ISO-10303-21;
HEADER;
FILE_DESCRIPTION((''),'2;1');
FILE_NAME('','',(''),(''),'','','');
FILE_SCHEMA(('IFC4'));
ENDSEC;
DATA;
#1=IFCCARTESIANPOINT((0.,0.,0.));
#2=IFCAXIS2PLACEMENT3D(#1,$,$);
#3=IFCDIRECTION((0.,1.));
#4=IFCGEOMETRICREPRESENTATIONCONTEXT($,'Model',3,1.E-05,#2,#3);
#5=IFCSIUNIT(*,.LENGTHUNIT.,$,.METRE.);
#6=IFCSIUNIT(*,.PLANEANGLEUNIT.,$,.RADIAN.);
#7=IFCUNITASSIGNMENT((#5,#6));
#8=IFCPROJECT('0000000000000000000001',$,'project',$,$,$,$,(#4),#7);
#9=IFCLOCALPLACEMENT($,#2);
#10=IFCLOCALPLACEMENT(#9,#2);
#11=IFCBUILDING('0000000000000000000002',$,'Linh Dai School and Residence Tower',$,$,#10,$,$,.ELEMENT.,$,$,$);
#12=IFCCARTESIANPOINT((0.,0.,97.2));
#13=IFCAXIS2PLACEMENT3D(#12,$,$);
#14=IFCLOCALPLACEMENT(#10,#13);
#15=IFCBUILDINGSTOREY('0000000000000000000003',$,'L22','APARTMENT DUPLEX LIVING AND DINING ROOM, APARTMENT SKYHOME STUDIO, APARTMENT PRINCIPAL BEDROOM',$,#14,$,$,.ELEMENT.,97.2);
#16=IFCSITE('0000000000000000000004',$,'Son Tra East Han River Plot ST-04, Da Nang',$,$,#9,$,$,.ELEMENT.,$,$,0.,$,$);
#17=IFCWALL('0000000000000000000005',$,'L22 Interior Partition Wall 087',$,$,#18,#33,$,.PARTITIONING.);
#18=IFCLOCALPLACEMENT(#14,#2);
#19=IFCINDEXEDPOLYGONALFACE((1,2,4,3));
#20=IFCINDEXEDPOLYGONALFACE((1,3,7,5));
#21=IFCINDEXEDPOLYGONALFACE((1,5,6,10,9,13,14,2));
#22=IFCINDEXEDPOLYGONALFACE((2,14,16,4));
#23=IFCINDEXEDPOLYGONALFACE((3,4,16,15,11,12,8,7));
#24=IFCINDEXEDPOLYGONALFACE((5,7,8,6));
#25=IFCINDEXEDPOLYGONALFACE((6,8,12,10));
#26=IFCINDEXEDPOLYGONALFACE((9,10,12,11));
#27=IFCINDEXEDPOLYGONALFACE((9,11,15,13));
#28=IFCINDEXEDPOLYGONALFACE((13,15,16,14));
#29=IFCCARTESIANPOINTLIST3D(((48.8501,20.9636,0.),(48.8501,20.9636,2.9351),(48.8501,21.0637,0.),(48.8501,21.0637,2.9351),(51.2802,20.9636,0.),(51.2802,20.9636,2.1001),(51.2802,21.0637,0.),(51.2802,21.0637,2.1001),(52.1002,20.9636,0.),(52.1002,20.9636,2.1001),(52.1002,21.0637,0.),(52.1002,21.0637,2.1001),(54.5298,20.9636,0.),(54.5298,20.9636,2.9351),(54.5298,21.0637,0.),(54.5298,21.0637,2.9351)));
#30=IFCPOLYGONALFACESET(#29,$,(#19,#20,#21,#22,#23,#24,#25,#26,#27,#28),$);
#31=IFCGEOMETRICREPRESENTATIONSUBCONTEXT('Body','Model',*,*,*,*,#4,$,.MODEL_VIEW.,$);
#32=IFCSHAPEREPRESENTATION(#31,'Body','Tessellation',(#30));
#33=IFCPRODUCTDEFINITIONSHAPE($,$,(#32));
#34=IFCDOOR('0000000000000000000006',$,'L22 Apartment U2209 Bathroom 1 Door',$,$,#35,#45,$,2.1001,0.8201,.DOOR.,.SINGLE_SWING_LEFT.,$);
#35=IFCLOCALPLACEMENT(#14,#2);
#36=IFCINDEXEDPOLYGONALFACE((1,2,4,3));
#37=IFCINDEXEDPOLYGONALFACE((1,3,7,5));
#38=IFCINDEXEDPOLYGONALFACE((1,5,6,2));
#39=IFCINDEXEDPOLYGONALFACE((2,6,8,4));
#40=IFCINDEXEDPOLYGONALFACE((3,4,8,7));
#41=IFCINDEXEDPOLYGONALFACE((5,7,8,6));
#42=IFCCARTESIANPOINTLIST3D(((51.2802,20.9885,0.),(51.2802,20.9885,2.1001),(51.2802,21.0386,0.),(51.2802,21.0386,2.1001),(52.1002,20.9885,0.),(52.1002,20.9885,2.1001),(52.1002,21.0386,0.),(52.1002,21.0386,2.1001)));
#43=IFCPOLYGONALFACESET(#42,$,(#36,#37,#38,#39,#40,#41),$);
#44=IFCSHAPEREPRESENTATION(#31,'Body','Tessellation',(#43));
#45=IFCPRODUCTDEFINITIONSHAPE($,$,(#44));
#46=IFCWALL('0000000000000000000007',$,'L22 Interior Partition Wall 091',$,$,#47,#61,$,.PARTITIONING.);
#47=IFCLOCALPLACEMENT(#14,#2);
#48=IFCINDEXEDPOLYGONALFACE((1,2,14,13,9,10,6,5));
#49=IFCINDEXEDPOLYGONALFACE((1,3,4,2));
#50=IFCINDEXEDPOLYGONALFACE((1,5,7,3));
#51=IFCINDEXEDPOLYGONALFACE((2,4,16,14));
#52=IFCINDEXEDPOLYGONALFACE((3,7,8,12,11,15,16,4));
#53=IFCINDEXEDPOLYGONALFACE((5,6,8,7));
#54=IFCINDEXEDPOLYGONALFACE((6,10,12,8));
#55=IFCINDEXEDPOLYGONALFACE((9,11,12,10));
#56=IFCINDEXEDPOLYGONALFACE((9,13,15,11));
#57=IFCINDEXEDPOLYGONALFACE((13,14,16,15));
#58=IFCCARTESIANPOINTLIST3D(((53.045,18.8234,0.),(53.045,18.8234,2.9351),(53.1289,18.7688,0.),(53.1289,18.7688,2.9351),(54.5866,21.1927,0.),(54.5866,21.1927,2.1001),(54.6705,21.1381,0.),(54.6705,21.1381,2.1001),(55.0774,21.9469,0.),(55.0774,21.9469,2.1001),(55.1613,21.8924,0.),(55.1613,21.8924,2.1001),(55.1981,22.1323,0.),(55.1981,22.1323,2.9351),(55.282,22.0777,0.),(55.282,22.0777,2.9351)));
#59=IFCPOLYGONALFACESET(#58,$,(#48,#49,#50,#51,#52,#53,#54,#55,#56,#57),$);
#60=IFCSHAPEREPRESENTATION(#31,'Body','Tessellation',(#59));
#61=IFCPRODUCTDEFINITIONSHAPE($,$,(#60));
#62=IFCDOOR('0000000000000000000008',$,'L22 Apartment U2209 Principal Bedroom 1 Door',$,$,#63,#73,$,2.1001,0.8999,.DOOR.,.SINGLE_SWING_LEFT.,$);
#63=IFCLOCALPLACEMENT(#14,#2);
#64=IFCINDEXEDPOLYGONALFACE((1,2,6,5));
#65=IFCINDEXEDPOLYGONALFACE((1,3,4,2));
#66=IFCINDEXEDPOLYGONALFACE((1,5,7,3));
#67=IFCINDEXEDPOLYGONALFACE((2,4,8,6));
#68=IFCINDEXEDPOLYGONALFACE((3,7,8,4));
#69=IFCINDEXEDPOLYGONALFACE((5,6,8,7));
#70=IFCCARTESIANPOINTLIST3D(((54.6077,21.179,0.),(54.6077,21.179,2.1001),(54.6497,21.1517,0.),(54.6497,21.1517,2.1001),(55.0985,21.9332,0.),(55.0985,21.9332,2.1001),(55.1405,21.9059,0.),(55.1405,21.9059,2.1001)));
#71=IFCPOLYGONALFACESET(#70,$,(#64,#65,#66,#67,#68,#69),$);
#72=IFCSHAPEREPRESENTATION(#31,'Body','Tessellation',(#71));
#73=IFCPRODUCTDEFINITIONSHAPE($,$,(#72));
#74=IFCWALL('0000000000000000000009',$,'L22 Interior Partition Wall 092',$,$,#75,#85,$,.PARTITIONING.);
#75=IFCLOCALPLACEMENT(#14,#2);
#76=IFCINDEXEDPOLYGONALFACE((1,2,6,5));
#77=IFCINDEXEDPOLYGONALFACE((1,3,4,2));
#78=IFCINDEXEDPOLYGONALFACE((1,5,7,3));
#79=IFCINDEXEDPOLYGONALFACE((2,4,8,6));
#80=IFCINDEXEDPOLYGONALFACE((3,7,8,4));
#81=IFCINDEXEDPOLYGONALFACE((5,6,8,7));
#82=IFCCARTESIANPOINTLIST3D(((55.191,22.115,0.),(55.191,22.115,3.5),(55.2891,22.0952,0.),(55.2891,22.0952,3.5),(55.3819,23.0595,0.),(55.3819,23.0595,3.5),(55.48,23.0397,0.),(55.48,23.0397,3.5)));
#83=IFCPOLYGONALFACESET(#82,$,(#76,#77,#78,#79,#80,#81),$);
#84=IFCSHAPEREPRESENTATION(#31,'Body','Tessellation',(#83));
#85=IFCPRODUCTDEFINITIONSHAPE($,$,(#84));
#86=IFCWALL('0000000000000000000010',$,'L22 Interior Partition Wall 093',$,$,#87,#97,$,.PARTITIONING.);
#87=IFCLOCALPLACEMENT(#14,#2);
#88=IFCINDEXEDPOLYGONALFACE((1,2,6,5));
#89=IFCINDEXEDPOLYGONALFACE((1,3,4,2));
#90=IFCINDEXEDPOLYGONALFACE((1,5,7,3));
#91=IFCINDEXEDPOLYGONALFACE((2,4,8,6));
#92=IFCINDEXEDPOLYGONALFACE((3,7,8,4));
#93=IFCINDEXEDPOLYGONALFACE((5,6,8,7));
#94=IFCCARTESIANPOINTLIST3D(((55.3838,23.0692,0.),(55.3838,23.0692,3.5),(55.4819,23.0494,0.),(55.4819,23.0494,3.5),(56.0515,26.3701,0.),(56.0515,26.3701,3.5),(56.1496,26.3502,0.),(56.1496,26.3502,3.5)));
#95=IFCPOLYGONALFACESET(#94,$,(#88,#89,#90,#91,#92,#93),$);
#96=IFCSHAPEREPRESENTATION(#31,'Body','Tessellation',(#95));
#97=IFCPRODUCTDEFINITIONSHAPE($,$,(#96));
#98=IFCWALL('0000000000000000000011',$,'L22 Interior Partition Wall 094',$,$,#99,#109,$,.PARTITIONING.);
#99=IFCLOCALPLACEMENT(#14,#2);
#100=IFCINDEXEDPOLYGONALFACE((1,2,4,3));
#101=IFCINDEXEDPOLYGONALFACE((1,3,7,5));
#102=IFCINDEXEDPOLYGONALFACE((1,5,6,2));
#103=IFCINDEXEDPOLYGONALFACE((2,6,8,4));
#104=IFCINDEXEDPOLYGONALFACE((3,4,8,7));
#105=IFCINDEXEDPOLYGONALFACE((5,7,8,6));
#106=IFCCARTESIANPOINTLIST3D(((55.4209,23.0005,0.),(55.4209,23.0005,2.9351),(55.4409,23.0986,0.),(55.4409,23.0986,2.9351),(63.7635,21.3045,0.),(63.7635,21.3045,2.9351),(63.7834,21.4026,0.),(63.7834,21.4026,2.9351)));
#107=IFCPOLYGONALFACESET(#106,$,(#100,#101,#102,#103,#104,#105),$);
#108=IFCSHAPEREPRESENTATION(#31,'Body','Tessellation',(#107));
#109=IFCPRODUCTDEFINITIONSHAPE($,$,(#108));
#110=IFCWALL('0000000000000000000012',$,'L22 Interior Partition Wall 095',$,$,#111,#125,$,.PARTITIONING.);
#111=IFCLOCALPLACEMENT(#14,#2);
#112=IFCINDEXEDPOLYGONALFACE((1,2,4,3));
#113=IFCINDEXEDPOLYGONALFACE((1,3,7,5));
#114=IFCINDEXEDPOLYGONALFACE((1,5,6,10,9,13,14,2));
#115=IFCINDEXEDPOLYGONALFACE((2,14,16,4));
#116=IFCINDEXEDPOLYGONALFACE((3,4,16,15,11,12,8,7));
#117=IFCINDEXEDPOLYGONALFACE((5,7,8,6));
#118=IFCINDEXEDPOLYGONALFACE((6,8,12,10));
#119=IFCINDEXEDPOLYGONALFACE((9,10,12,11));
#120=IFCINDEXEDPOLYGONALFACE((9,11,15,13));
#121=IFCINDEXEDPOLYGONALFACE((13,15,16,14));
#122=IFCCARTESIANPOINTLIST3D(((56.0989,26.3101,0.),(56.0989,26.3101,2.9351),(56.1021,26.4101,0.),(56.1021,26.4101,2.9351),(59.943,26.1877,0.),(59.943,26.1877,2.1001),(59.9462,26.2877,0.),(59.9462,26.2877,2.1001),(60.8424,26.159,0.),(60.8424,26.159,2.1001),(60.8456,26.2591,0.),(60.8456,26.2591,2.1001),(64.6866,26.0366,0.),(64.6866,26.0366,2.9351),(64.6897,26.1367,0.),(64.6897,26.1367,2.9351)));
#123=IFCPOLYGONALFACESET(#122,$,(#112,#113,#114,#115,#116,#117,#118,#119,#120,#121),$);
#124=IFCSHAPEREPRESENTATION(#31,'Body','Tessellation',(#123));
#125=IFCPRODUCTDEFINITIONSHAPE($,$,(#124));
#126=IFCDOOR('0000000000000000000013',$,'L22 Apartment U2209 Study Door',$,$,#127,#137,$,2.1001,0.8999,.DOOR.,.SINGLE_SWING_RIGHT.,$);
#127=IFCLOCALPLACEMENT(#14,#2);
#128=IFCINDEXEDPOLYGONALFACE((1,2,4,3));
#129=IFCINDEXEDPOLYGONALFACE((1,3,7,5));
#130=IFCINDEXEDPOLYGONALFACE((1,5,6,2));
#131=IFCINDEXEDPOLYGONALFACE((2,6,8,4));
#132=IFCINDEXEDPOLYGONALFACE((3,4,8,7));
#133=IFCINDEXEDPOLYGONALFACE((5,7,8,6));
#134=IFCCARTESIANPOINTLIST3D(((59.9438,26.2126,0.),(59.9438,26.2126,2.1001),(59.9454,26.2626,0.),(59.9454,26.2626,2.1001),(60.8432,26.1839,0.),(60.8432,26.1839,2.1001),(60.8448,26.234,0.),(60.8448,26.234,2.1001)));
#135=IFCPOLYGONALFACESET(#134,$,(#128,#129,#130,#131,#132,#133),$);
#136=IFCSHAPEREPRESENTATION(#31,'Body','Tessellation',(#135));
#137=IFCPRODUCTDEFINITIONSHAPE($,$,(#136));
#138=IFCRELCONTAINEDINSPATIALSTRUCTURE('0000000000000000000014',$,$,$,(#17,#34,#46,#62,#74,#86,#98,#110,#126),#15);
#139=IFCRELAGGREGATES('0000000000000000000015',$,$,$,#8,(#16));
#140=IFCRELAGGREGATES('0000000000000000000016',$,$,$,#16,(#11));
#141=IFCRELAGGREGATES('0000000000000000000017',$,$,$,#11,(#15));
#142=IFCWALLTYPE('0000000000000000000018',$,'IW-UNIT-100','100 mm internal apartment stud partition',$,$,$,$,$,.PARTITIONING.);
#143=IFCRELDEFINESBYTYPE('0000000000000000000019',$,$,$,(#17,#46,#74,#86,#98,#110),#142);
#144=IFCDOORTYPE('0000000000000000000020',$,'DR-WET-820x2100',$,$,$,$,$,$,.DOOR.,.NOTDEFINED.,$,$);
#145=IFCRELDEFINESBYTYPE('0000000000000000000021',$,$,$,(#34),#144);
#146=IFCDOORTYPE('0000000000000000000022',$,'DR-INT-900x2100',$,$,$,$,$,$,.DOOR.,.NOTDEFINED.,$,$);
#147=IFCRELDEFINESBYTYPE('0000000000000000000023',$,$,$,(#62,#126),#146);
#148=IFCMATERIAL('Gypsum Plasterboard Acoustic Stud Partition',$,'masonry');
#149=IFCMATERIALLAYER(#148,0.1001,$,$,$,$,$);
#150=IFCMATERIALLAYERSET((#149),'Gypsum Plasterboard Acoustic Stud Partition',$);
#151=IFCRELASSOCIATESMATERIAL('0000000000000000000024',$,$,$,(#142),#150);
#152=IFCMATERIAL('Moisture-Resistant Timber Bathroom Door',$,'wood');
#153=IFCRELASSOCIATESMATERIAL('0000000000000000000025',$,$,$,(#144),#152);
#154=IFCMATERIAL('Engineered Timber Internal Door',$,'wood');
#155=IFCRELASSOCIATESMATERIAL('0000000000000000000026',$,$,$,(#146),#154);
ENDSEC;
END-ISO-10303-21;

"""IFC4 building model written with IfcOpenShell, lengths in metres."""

from ifc_helpers import new_model, si_unit, direction, frame, frame_2d, origin, origin_2d, place, context, subcontext, project, spatial, rectangle, extrude, source, transform, mapped, material, layer, layer_set, type_object, element, fill, save


model = new_model("IFC4")

# Units and contexts
model_context = context("Model", 3, precision=1e-05, world=origin(), true_north=direction((0.0, 1.0)))
body_context = subcontext(model_context, "Body", "Model", "MODEL_VIEW")
ifc_project = project(units=[si_unit("LENGTHUNIT", "METRE"), si_unit("PLANEANGLEUNIT", "RADIAN")], contexts=[model_context])

# Site, building, storey
site_placement = place(None, origin())
site = spatial("IfcSite", under=ifc_project, at=site_placement, Name="Son Tra East Han River Plot ST-04, Da Nang", CompositionType="ELEMENT", RefElevation=0.0)
building_placement = place(site_placement, origin())
building = spatial("IfcBuilding", under=site, at=building_placement, Name="Linh Dai School and Residence Tower", CompositionType="ELEMENT")
storey_placement = place(building_placement, frame((0.0, 0.0, 97.2)))
storey = spatial("IfcBuildingStorey", under=building, at=storey_placement, Name="L22", Description="APARTMENT DUPLEX LIVING AND DINING ROOM, APARTMENT SKYHOME STUDIO, APARTMENT PRINCIPAL BEDROOM", CompositionType="ELEMENT", Elevation=97.2)

# Walls, openings, doors
ifc_material_1 = material(Name="Gypsum Plasterboard Acoustic Stud Partition", Category="masonry")
ifc_layer_1 = layer(ifc_material_1, 0.1001)
ifc_layer_set_1 = layer_set([ifc_layer_1], Name="Gypsum Plasterboard Acoustic Stud Partition")
wall_type_1 = type_object("IfcWallType", Name="IW-UNIT-100", Description="100 mm internal apartment stud partition", PredefinedType="PARTITIONING", material=ifc_layer_set_1)
wall_1_placement = place(storey_placement, frame((48.8501, 21.0137, 0.0), z_axis=(0.0, 0.0, 1.0), x_axis=(1.0, 0.0, 0.0)))
wall_1 = element("IfcWall", 1, at=wall_1_placement, inside=storey, type_object=wall_type_1, Name="L22 Interior Partition Wall 087", PredefinedType="PARTITIONING", context=body_context, shape_type="SweptSolid", body=[
    extrude(rectangle(XDim=5.6797, YDim=0.1001, at=frame_2d((2.8398, 0.0))), origin(), (0.0, 0.0, 1.0), 2.9351),
])
opening_1_placement = place(wall_1_placement, frame((2.4299, 0.0, 0.0)))
opening_1 = element("IfcOpeningElement", 2, at=opening_1_placement, cuts=wall_1, PredefinedType="OPENING", context=body_context, shape_type="SweptSolid", body=[
    extrude(rectangle(XDim=0.8201, YDim=2.1001, at=origin_2d()), frame((0.4102, 0.0601, 1.05), z_axis=(0.0, -1.0, 0.0), x_axis=(1.0, 0.0, 0.0)), (0.0, 0.0, 1.0), 0.1201),
])
ifc_material_2 = material(Name="Moisture-Resistant Timber Bathroom Door", Category="wood")
door_type_1 = type_object("IfcDoorType", Name="DR-WET-820x2100", OperationType="NOTDEFINED", PredefinedType="DOOR", material=ifc_material_2)
shared_shape_1 = source(origin(), body_context, "Body", "SweptSolid", [
    extrude(rectangle(XDim=0.8201, YDim=2.1001, at=origin_2d()), frame((0.4102, 0.0249, 1.05), z_axis=(0.0, -1.0, 0.0), x_axis=(1.0, 0.0, 0.0)), (0.0, 0.0, 1.0), 0.05),
])
door_1_placement = place(opening_1_placement, origin())
door_1 = element("IfcDoor", 3, at=door_1_placement, inside=storey, type_object=door_type_1, Name="L22 Apartment U2209 Bathroom 1 Door", OperationType="SINGLE_SWING_LEFT", OverallHeight=2.1001, OverallWidth=0.8201, PredefinedType="DOOR", context=body_context, shape_type="MappedRepresentation", body=[
    mapped(shared_shape_1, transform((0.0, 0.0, 0.0), x_axis=(1.0, 0.0, 0.0), y_axis=(0.0, 1.0, 0.0), z_axis=(0.0, 0.0, 1.0), scale=1.0)),
])
fill(opening_1, door_1)
wall_2_placement = place(storey_placement, frame((53.0869, 18.7961, 0.0), z_axis=(0.0, 0.0, 1.0), x_axis=(0.545403, 0.838174, 0.0)))
wall_2 = element("IfcWall", 4, at=wall_2_placement, inside=storey, type_object=wall_type_1, Name="L22 Interior Partition Wall 091", PredefinedType="PARTITIONING", context=body_context, shape_type="SweptSolid", body=[
    extrude(rectangle(XDim=3.9478, YDim=0.1001, at=frame_2d((1.9739, 0.0))), origin(), (0.0, 0.0, 1.0), 2.9351),
])
opening_2_placement = place(wall_2_placement, frame((2.8267, 0.0, 0.0)))
opening_2 = element("IfcOpeningElement", 5, at=opening_2_placement, cuts=wall_2, PredefinedType="OPENING", context=body_context, shape_type="SweptSolid", body=[
    extrude(rectangle(XDim=0.8999, YDim=2.1001, at=origin_2d()), frame((0.45, 0.0601, 1.05), z_axis=(0.0, -1.0, 0.0), x_axis=(1.0, 0.0, 0.0)), (0.0, 0.0, 1.0), 0.1201),
])
ifc_material_3 = material(Name="Engineered Timber Internal Door", Category="wood")
door_type_2 = type_object("IfcDoorType", Name="DR-INT-900x2100", OperationType="NOTDEFINED", PredefinedType="DOOR", material=ifc_material_3)
shared_shape_2 = source(origin(), body_context, "Body", "SweptSolid", [
    extrude(rectangle(XDim=0.8999, YDim=2.1001, at=origin_2d()), frame((0.45, 0.0249, 1.05), z_axis=(0.0, -1.0, 0.0), x_axis=(1.0, 0.0, 0.0)), (0.0, 0.0, 1.0), 0.05),
])
door_2_placement = place(opening_2_placement, origin())
door_2 = element("IfcDoor", 6, at=door_2_placement, inside=storey, type_object=door_type_2, Name="L22 Apartment U2209 Principal Bedroom 1 Door", OperationType="SINGLE_SWING_LEFT", OverallHeight=2.1001, OverallWidth=0.8999, PredefinedType="DOOR", context=body_context, shape_type="MappedRepresentation", body=[
    mapped(shared_shape_2, transform((0.0, 0.0, 0.0), x_axis=(1.0, 0.0, 0.0), y_axis=(0.0, 1.0, 0.0), z_axis=(0.0, 0.0, 1.0), scale=1.0)),
])
fill(opening_2, door_2)

# Walls
wall_3_placement = place(storey_placement, frame((55.24, 22.105, 0.0), z_axis=(0.0, 0.0, 1.0), x_axis=(0.198113, 0.980179, 0.0)))
element("IfcWall", 7, at=wall_3_placement, inside=storey, type_object=wall_type_1, Name="L22 Interior Partition Wall 092", PredefinedType="PARTITIONING", context=body_context, shape_type="SweptSolid", body=[
    extrude(rectangle(XDim=0.9636, YDim=0.1001, at=frame_2d((0.4819, 0.0))), origin(), (0.0, 0.0, 1.0), 3.5),
])
wall_4_placement = place(storey_placement, frame((55.4329, 23.0593, 0.0), z_axis=(0.0, 0.0, 1.0), x_axis=(0.198277, 0.980146, 0.0)))
element("IfcWall", 8, at=wall_4_placement, inside=storey, type_object=wall_type_1, Name="L22 Interior Partition Wall 093", PredefinedType="PARTITIONING", context=body_context, shape_type="SweptSolid", body=[
    extrude(rectangle(XDim=3.3677, YDim=0.1001, at=frame_2d((1.6838, 0.0))), origin(), (0.0, 0.0, 1.0), 3.5),
])
wall_5_placement = place(storey_placement, frame((55.4309, 23.0496, 0.0), z_axis=(0.0, 0.0, 1.0), x_axis=(0.979954, -0.199226, 0.0)))
element("IfcWall", 9, at=wall_5_placement, inside=storey, type_object=wall_type_1, Name="L22 Interior Partition Wall 094", PredefinedType="PARTITIONING", context=body_context, shape_type="SweptSolid", body=[
    extrude(rectangle(XDim=8.5132, YDim=0.1001, at=frame_2d((4.2566, 0.0))), origin(), (0.0, 0.0, 1.0), 2.9351),
])

# Wall, opening, door
wall_6_placement = place(storey_placement, frame((56.1006, 26.3601, 0.0), z_axis=(0.0, 0.0, 1.0), x_axis=(0.999493, -0.031825, 0.0)))
wall_6 = element("IfcWall", 10, at=wall_6_placement, inside=storey, type_object=wall_type_1, Name="L22 Interior Partition Wall 095", PredefinedType="PARTITIONING", context=body_context, shape_type="SweptSolid", body=[
    extrude(rectangle(XDim=8.592, YDim=0.1001, at=frame_2d((4.2959, 0.0))), origin(), (0.0, 0.0, 1.0), 2.9351),
])
opening_3_placement = place(wall_6_placement, frame((3.8459, 0.0, 0.0)))
opening_3 = element("IfcOpeningElement", 11, at=opening_3_placement, cuts=wall_6, PredefinedType="OPENING", context=body_context, shape_type="SweptSolid", body=[
    extrude(rectangle(XDim=0.8999, YDim=2.1001, at=origin_2d()), frame((0.45, 0.0601, 1.05), z_axis=(0.0, -1.0, 0.0), x_axis=(1.0, 0.0, 0.0)), (0.0, 0.0, 1.0), 0.1201),
])
door_3_placement = place(opening_3_placement, origin())
door_3 = element("IfcDoor", 12, at=door_3_placement, inside=storey, type_object=door_type_2, Name="L22 Apartment U2209 Study Door", OperationType="SINGLE_SWING_RIGHT", OverallHeight=2.1001, OverallWidth=0.8999, PredefinedType="DOOR", context=body_context, shape_type="MappedRepresentation", body=[
    mapped(shared_shape_2, transform((0.0, 0.0, 0.0), x_axis=(1.0, 0.0, 0.0), y_axis=(0.0, 1.0, 0.0), z_axis=(0.0, 0.0, 1.0), scale=1.0)),
])
fill(opening_3, door_3)

save(model, "model.ifc")
